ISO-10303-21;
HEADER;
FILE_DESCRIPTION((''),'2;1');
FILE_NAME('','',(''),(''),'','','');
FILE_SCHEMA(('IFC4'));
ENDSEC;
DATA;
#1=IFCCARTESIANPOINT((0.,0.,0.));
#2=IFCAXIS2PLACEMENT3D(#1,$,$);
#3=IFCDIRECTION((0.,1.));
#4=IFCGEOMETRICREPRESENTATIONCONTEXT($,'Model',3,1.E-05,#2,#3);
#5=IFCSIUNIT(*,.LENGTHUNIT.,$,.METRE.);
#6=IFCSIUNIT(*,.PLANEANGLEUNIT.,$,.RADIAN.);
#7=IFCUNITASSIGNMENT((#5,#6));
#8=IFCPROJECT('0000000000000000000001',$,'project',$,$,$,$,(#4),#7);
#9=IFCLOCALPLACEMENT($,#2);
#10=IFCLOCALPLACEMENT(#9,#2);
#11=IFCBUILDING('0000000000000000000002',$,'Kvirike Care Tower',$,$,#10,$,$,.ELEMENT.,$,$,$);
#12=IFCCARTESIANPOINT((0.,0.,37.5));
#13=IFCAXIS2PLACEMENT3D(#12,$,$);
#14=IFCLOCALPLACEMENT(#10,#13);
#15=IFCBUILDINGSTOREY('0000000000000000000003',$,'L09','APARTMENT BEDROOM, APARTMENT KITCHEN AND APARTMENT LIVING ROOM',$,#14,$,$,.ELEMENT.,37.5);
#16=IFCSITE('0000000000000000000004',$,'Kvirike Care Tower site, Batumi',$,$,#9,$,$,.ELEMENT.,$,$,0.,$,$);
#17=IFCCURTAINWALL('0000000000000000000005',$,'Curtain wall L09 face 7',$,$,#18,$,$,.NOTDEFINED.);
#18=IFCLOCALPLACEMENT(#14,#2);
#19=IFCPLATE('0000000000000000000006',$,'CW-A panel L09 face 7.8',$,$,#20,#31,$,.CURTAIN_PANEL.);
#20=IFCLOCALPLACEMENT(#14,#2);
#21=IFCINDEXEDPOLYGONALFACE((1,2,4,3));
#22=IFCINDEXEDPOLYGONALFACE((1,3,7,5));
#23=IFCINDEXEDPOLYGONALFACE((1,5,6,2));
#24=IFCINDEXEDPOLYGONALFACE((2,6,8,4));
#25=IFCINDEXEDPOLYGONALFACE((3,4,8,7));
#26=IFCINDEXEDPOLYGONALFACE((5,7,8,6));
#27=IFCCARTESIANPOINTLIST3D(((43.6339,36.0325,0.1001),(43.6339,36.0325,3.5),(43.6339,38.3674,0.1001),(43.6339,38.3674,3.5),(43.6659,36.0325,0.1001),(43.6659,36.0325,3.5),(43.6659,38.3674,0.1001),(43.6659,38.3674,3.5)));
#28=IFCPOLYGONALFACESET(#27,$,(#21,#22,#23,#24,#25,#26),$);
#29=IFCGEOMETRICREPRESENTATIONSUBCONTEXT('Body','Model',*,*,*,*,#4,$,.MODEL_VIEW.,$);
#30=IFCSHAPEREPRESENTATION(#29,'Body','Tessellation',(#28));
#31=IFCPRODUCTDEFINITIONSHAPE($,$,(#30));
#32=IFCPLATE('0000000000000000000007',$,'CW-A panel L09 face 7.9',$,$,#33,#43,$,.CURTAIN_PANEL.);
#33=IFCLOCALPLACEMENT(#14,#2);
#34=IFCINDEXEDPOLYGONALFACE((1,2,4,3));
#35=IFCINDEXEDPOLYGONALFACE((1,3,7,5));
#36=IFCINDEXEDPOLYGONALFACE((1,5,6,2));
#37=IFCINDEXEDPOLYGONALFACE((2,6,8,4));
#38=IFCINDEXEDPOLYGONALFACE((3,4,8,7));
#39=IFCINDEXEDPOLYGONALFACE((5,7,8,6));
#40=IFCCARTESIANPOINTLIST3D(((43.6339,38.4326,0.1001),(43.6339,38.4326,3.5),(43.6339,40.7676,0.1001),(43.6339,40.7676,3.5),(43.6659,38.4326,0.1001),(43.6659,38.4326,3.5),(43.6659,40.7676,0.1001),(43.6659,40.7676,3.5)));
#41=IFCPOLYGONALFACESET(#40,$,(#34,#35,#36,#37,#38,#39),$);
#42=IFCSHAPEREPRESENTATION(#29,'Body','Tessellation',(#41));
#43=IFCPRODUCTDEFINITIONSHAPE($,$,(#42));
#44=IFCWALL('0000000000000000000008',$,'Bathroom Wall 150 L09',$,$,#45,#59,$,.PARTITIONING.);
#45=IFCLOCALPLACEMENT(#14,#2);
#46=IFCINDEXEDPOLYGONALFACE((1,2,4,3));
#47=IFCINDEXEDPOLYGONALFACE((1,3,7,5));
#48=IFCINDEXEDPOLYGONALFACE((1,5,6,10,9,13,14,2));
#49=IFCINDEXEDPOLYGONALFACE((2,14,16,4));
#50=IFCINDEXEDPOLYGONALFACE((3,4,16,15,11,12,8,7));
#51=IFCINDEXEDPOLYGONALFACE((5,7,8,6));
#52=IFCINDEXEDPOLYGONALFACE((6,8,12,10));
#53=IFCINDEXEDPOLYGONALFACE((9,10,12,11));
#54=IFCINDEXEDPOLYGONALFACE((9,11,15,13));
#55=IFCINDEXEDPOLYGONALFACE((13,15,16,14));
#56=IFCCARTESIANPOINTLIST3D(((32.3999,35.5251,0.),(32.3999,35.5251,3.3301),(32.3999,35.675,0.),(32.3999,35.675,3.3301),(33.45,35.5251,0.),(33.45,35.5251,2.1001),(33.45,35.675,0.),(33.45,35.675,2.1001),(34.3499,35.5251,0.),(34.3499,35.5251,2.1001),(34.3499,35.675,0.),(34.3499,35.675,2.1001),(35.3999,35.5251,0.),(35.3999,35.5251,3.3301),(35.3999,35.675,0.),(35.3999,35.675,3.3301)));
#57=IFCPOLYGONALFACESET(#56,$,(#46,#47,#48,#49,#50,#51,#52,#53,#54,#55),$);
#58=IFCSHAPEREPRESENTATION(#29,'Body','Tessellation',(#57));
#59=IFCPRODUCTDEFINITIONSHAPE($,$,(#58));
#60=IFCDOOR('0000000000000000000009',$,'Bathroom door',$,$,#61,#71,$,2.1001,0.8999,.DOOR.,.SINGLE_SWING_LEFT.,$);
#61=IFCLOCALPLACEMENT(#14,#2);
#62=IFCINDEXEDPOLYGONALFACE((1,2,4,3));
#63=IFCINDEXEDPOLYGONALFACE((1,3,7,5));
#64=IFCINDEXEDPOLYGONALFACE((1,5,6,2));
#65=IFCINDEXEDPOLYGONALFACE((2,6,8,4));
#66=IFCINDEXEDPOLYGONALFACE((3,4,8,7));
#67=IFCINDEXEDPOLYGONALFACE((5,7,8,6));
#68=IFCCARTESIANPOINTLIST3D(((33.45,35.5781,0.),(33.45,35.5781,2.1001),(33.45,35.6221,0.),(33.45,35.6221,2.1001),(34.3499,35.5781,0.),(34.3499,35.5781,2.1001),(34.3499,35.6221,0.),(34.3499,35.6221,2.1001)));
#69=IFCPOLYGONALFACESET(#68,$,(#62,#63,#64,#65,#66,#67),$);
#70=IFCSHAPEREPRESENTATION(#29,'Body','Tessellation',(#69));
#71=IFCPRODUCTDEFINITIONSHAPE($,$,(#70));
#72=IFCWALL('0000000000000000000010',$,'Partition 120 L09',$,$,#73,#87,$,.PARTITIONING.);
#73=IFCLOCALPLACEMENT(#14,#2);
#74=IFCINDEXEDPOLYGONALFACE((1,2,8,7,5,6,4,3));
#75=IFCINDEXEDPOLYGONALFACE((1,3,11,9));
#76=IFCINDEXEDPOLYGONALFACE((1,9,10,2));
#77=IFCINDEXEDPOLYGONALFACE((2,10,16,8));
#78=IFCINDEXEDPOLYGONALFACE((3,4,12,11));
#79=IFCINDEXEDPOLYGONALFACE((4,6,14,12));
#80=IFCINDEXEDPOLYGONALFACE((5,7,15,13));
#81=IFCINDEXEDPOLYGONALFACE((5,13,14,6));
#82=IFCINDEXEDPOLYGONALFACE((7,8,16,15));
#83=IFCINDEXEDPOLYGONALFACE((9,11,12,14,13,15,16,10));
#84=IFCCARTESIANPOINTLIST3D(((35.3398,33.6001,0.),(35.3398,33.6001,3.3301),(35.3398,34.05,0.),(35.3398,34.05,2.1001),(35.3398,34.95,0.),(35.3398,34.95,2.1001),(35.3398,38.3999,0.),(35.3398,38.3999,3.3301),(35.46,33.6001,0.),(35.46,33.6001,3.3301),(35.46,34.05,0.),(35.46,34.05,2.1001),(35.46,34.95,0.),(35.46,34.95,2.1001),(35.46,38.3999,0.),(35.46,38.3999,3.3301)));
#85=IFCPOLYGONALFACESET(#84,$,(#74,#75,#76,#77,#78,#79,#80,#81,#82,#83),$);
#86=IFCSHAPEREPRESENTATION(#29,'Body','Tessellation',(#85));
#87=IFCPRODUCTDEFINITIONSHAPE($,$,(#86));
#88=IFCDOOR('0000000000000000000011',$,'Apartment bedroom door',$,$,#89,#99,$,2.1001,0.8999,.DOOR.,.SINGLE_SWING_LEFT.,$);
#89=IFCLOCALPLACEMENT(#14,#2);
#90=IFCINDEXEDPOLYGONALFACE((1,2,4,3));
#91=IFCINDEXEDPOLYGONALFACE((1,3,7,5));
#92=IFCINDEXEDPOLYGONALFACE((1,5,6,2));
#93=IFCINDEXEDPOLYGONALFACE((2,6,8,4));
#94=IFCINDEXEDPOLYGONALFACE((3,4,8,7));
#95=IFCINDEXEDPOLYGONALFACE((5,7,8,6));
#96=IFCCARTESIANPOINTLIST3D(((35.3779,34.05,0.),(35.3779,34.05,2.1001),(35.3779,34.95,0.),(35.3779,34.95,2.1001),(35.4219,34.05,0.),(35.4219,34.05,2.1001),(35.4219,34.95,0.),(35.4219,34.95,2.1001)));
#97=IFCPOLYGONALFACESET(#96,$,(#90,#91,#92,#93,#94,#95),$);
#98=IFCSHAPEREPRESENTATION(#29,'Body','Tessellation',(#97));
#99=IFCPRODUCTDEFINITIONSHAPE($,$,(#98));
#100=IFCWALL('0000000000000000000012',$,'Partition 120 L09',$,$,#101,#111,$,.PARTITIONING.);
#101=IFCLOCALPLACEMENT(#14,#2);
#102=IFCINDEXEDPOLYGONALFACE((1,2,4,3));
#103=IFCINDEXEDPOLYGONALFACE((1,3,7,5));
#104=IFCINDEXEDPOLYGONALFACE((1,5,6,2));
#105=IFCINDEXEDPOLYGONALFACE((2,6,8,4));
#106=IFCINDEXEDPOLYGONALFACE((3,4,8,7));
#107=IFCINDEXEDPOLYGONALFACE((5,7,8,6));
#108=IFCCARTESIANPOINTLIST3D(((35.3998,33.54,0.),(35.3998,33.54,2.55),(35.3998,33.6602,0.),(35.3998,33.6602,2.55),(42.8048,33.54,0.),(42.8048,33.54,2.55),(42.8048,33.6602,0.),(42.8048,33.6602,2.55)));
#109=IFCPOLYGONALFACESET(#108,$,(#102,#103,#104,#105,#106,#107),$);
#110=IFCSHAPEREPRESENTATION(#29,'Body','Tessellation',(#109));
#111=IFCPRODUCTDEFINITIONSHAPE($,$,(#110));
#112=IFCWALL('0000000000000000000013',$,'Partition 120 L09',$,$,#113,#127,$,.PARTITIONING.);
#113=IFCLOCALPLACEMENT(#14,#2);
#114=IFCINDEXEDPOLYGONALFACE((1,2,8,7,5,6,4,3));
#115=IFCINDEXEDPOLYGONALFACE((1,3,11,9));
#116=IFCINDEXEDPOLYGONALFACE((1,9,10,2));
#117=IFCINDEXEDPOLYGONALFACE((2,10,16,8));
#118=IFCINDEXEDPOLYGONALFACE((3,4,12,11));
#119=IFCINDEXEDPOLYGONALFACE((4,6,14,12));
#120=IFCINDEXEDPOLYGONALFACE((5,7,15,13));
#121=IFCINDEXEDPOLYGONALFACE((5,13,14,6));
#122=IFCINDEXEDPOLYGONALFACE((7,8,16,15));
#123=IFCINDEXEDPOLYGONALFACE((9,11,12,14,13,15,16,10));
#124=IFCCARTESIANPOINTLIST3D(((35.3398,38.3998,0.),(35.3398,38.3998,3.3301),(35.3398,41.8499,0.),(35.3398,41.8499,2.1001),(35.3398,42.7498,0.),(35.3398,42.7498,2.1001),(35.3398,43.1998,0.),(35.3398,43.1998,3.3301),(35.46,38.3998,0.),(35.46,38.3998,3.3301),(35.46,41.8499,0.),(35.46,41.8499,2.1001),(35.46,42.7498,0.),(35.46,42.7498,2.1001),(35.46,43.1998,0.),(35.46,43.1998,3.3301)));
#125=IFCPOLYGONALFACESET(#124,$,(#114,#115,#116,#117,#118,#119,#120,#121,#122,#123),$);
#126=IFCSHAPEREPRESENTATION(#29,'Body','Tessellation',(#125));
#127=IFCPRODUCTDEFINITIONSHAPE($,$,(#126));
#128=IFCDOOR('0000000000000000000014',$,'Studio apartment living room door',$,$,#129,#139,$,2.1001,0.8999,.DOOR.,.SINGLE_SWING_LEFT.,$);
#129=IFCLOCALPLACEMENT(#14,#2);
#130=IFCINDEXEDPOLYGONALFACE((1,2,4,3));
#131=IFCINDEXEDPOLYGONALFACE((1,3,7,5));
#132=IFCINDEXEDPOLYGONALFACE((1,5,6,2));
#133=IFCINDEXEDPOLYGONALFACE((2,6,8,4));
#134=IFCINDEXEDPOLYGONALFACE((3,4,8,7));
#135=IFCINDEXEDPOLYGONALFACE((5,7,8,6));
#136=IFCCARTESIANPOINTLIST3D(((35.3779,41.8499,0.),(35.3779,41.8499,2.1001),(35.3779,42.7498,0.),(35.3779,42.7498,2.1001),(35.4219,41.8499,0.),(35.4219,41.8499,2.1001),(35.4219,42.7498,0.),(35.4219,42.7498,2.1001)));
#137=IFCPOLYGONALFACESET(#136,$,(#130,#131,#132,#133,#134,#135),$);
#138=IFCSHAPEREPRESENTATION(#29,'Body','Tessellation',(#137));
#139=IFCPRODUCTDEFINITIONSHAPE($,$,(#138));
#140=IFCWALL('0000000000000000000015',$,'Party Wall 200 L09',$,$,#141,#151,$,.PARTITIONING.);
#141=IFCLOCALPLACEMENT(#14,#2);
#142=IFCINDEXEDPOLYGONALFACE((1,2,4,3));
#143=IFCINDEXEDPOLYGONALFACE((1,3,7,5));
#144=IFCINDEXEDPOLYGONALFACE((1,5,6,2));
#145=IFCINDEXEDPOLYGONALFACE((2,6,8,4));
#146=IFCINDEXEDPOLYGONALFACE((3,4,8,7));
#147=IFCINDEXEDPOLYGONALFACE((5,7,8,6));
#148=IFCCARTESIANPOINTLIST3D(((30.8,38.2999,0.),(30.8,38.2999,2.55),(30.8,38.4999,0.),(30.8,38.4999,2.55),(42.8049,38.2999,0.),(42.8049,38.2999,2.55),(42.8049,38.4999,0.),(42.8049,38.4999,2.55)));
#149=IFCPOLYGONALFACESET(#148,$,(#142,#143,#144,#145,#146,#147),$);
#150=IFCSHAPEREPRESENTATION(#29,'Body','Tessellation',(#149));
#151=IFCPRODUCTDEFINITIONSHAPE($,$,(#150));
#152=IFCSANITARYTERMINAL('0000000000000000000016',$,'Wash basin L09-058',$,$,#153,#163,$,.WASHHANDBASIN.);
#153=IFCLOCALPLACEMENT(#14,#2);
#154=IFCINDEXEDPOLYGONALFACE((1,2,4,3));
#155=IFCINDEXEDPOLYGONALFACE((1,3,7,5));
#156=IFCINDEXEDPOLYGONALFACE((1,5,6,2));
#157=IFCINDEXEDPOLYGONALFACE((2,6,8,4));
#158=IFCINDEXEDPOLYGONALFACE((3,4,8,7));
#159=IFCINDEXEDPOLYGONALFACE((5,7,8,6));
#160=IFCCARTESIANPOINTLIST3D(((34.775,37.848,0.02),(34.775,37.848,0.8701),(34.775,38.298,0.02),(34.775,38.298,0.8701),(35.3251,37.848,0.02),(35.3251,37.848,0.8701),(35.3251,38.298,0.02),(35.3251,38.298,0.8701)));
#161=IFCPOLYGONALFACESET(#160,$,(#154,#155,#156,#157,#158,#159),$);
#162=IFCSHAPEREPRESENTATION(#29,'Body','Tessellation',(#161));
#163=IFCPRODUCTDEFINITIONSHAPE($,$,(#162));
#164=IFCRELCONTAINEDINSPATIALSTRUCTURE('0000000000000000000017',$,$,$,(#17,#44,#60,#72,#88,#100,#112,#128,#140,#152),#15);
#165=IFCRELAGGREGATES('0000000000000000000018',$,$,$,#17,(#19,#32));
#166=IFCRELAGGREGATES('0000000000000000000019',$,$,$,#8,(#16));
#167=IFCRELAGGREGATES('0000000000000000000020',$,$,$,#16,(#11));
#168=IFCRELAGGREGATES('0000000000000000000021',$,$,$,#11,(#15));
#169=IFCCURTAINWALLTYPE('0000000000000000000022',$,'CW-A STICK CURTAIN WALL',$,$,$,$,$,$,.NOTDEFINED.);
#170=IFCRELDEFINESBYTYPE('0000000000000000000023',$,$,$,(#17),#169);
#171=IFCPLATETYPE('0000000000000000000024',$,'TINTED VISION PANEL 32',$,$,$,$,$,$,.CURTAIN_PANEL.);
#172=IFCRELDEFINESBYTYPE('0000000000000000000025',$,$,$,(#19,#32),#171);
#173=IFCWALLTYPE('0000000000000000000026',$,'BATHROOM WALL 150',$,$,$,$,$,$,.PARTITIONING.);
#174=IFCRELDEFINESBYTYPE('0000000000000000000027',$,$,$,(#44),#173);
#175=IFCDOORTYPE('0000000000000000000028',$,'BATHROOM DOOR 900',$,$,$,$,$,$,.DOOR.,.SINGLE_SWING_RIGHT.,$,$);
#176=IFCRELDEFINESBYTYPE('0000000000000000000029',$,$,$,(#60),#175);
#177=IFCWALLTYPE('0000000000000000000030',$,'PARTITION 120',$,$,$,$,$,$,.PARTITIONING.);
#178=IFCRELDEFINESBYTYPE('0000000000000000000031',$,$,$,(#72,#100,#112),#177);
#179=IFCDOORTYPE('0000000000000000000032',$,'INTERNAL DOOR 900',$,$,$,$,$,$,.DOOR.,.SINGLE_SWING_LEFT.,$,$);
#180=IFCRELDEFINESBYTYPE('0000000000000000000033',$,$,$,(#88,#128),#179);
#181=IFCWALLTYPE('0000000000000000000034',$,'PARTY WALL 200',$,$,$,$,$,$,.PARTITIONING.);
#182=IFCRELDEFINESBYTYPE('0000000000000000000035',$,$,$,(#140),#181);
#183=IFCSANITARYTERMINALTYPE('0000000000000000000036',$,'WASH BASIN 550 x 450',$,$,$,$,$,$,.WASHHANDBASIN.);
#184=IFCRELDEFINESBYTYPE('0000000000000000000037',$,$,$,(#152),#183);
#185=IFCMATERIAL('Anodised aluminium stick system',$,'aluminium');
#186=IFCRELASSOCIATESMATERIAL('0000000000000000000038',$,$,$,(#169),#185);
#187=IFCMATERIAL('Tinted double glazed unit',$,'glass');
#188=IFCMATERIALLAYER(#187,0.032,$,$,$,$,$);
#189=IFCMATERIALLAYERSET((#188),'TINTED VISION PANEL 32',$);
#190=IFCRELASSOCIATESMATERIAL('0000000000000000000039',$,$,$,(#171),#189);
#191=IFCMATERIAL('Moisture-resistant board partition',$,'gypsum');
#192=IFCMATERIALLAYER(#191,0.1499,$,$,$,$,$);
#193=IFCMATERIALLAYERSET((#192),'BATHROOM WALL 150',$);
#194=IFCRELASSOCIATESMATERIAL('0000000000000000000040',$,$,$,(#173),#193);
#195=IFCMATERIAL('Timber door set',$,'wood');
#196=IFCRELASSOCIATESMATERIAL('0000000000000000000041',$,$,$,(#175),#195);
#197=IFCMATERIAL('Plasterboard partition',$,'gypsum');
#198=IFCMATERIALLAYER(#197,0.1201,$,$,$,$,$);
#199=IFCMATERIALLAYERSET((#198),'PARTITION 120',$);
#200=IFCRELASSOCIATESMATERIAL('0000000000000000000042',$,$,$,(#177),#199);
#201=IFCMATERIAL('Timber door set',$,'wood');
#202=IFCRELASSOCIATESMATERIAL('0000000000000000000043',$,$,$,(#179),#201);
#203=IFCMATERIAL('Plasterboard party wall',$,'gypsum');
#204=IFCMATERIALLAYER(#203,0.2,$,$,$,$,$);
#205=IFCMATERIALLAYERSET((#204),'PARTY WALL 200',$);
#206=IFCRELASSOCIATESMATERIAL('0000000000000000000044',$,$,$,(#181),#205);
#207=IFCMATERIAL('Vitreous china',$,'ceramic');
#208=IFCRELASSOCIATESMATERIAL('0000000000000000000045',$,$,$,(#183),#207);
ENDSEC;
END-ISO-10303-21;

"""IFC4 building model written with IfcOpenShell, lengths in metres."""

from ifc_helpers import new_model, si_unit, direction, frame, frame_2d, origin, origin_2d, place, context, subcontext, project, spatial, rectangle, extrude, material, layer, layer_set, type_object, element, fill, aggregate, save


model = new_model("IFC4")

# Units and contexts
model_context = context("Model", 3, precision=1e-05, world=origin(), true_north=direction((0.0, 1.0)))
body_context = subcontext(model_context, "Body", "Model", "MODEL_VIEW")
ifc_project = project(units=[si_unit("LENGTHUNIT", "METRE"), si_unit("PLANEANGLEUNIT", "RADIAN")], contexts=[model_context])

# Site, building, storey
site_placement = place(None, origin())
site = spatial("IfcSite", under=ifc_project, at=site_placement, Name="Kvirike Care Tower site, Batumi", CompositionType="ELEMENT", RefElevation=0.0)
building_placement = place(site_placement, origin())
building = spatial("IfcBuilding", under=site, at=building_placement, Name="Kvirike Care Tower", CompositionType="ELEMENT")
storey_placement = place(building_placement, frame((0.0, 0.0, 37.5)))
storey = spatial("IfcBuildingStorey", under=building, at=storey_placement, Name="L09", Description="APARTMENT BEDROOM, APARTMENT KITCHEN AND APARTMENT LIVING ROOM", CompositionType="ELEMENT", Elevation=37.5)

# Curtain wall
ifc_material_1 = material(Name="Anodised aluminium stick system", Category="aluminium")
curtain_wall_type = type_object("IfcCurtainWallType", Name="CW-A STICK CURTAIN WALL", PredefinedType="NOTDEFINED", material=ifc_material_1)
curtain_wall_placement = place(storey_placement, origin())
curtain_wall = element("IfcCurtainWall", 1, at=curtain_wall_placement, inside=storey, type_object=curtain_wall_type, Name="Curtain wall L09 face 7", PredefinedType="NOTDEFINED")

# Plates
ifc_material_2 = material(Name="Tinted double glazed unit", Category="glass")
ifc_layer_1 = layer(ifc_material_2, 0.032)
ifc_layer_set_1 = layer_set([ifc_layer_1], Name="TINTED VISION PANEL 32")
plate_type = type_object("IfcPlateType", Name="TINTED VISION PANEL 32", PredefinedType="CURTAIN_PANEL", material=ifc_layer_set_1)
plate_1_placement = place(storey_placement, frame((43.6499, 37.2, 0.1001), z_axis=(0.0, 0.0, 1.0), x_axis=(0.0, 1.0, 0.0)))
plate_1 = element("IfcPlate", 2, at=plate_1_placement, type_object=plate_type, Name="CW-A panel L09 face 7.8", PredefinedType="CURTAIN_PANEL", context=body_context, shape_type="SweptSolid", body=[
    extrude(rectangle(XDim=2.335, YDim=0.032, at=origin_2d()), origin(), (0.0, 0.0, 1.0), 3.3999),
])
plate_2_placement = place(storey_placement, frame((43.6499, 39.6001, 0.1001), z_axis=(0.0, 0.0, 1.0), x_axis=(0.0, 1.0, 0.0)))
plate_2 = element("IfcPlate", 3, at=plate_2_placement, type_object=plate_type, Name="CW-A panel L09 face 7.9", PredefinedType="CURTAIN_PANEL", context=body_context, shape_type="SweptSolid", body=[
    extrude(rectangle(XDim=2.335, YDim=0.032, at=origin_2d()), origin(), (0.0, 0.0, 1.0), 3.3999),
])
aggregate(curtain_wall, [plate_1, plate_2])

# Walls, openings, doors
ifc_material_3 = material(Name="Moisture-resistant board partition", Category="gypsum")
ifc_layer_2 = layer(ifc_material_3, 0.1499)
ifc_layer_set_2 = layer_set([ifc_layer_2], Name="BATHROOM WALL 150")
wall_type_1 = type_object("IfcWallType", Name="BATHROOM WALL 150", PredefinedType="PARTITIONING", material=ifc_layer_set_2)
wall_1_placement = place(storey_placement, frame((35.3999, 35.6001, 0.0), z_axis=(0.0, 0.0, 1.0), x_axis=(-1.0, 0.0, 0.0)))
wall_1 = element("IfcWall", 4, at=wall_1_placement, inside=storey, type_object=wall_type_1, Name="Bathroom Wall 150 L09", PredefinedType="PARTITIONING", context=body_context, shape_type="SweptSolid", body=[
    extrude(rectangle(XDim=3.0, YDim=0.1499, at=frame_2d((1.5, 0.0))), origin(), (0.0, 0.0, 1.0), 3.3301),
])
opening_1_placement = place(wall_1_placement, frame((1.05, 0.0, 0.0)))
opening_1 = element("IfcOpeningElement", 5, at=opening_1_placement, cuts=wall_1, PredefinedType="OPENING", context=body_context, shape_type="SweptSolid", body=[
    extrude(rectangle(XDim=0.8999, YDim=2.1001, at=frame_2d((0.45, 1.05))), frame((0.0, 0.0854, 0.0), z_axis=(0.0, -1.0, 0.0), x_axis=(1.0, 0.0, 0.0)), (0.0, 0.0, 1.0), 0.1709),
])
ifc_material_4 = material(Name="Timber door set", Category="wood")
door_type_1 = type_object("IfcDoorType", Name="BATHROOM DOOR 900", OperationType="SINGLE_SWING_RIGHT", PredefinedType="DOOR", material=ifc_material_4)
door_1_placement = place(opening_1_placement, frame((0.8999, 0.0, 0.0), z_axis=(0.0, 0.0, 1.0), x_axis=(-1.0, 0.0, 0.0)))
door_1 = element("IfcDoor", 6, at=door_1_placement, inside=storey, type_object=door_type_1, Name="Bathroom door", OperationType="SINGLE_SWING_LEFT", OverallHeight=2.1001, OverallWidth=0.8999, PredefinedType="DOOR", context=body_context, shape_type="SweptSolid", body=[
    extrude(rectangle(XDim=0.8999, YDim=2.1001, at=frame_2d((0.45, 1.05))), frame((0.0, 0.022, 0.0), z_axis=(0.0, -1.0, 0.0), x_axis=(1.0, 0.0, 0.0)), (0.0, 0.0, 1.0), 0.0439),
])
fill(opening_1, door_1)
ifc_material_5 = material(Name="Plasterboard partition", Category="gypsum")
ifc_layer_3 = layer(ifc_material_5, 0.1201)
ifc_layer_set_3 = layer_set([ifc_layer_3], Name="PARTITION 120")
wall_type_2 = type_object("IfcWallType", Name="PARTITION 120", PredefinedType="PARTITIONING", material=ifc_layer_set_3)
wall_2_placement = place(storey_placement, frame((35.3999, 33.6001, 0.0), z_axis=(0.0, 0.0, 1.0), x_axis=(0.0, 1.0, 0.0)))
wall_2 = element("IfcWall", 7, at=wall_2_placement, inside=storey, type_object=wall_type_2, Name="Partition 120 L09", PredefinedType="PARTITIONING", context=body_context, shape_type="SweptSolid", body=[
    extrude(rectangle(XDim=4.7998, YDim=0.1201, at=frame_2d((2.3999, 0.0))), origin(), (0.0, 0.0, 1.0), 3.3301),
])
opening_2_placement = place(wall_2_placement, frame((0.45, 0.0, 0.0)))
opening_2 = element("IfcOpeningElement", 8, at=opening_2_placement, cuts=wall_2, PredefinedType="OPENING", context=body_context, shape_type="SweptSolid", body=[
    extrude(rectangle(XDim=0.8999, YDim=2.1001, at=frame_2d((0.45, 1.05))), frame((0.0, 0.0706, 0.0), z_axis=(0.0, -1.0, 0.0), x_axis=(1.0, 0.0, 0.0)), (0.0, 0.0, 1.0), 0.1411),
])
ifc_material_6 = material(Name="Timber door set", Category="wood")
door_type_2 = type_object("IfcDoorType", Name="INTERNAL DOOR 900", OperationType="SINGLE_SWING_LEFT", PredefinedType="DOOR", material=ifc_material_6)
door_2_placement = place(opening_2_placement, origin())
door_2 = element("IfcDoor", 9, at=door_2_placement, inside=storey, type_object=door_type_2, Name="Apartment bedroom door", OperationType="SINGLE_SWING_LEFT", OverallHeight=2.1001, OverallWidth=0.8999, PredefinedType="DOOR", context=body_context, shape_type="SweptSolid", body=[
    extrude(rectangle(XDim=0.8999, YDim=2.1001, at=frame_2d((0.45, 1.05))), frame((0.0, 0.022, 0.0), z_axis=(0.0, -1.0, 0.0), x_axis=(1.0, 0.0, 0.0)), (0.0, 0.0, 1.0), 0.0439),
])
fill(opening_2, door_2)

# Wall
wall_3_placement = place(storey_placement, frame((42.8049, 33.6001, 0.0), z_axis=(0.0, 0.0, 1.0), x_axis=(-1.0, 0.0, 0.0)))
element("IfcWall", 10, at=wall_3_placement, inside=storey, type_object=wall_type_2, Name="Partition 120 L09", PredefinedType="PARTITIONING", context=body_context, shape_type="SweptSolid", body=[
    extrude(rectangle(XDim=7.405, YDim=0.1201, at=frame_2d((3.7026, 0.0))), origin(), (0.0, 0.0, 1.0), 2.55),
])

# Wall, opening, door
wall_4_placement = place(storey_placement, frame((35.3999, 38.3999, 0.0), z_axis=(0.0, 0.0, 1.0), x_axis=(0.0, 1.0, 0.0)))
wall_4 = element("IfcWall", 11, at=wall_4_placement, inside=storey, type_object=wall_type_2, Name="Partition 120 L09", PredefinedType="PARTITIONING", context=body_context, shape_type="SweptSolid", body=[
    extrude(rectangle(XDim=4.8, YDim=0.1201, at=frame_2d((2.3999, 0.0))), origin(), (0.0, 0.0, 1.0), 3.3301),
])
opening_3_placement = place(wall_4_placement, frame((3.45, 0.0, 0.0)))
opening_3 = element("IfcOpeningElement", 12, at=opening_3_placement, cuts=wall_4, PredefinedType="OPENING", context=body_context, shape_type="SweptSolid", body=[
    extrude(rectangle(XDim=0.8999, YDim=2.1001, at=frame_2d((0.45, 1.05))), frame((0.0, 0.0706, 0.0), z_axis=(0.0, -1.0, 0.0), x_axis=(1.0, 0.0, 0.0)), (0.0, 0.0, 1.0), 0.1411),
])
door_3_placement = place(opening_3_placement, origin())
door_3 = element("IfcDoor", 13, at=door_3_placement, inside=storey, type_object=door_type_2, Name="Studio apartment living room door", OperationType="SINGLE_SWING_LEFT", OverallHeight=2.1001, OverallWidth=0.8999, PredefinedType="DOOR", context=body_context, shape_type="SweptSolid", body=[
    extrude(rectangle(XDim=0.8999, YDim=2.1001, at=frame_2d((0.45, 1.05))), frame((0.0, 0.022, 0.0), z_axis=(0.0, -1.0, 0.0), x_axis=(1.0, 0.0, 0.0)), (0.0, 0.0, 1.0), 0.0439),
])
fill(opening_3, door_3)

# Wall
ifc_material_7 = material(Name="Plasterboard party wall", Category="gypsum")
ifc_layer_4 = layer(ifc_material_7, 0.2)
ifc_layer_set_4 = layer_set([ifc_layer_4], Name="PARTY WALL 200")
wall_type_3 = type_object("IfcWallType", Name="PARTY WALL 200", PredefinedType="PARTITIONING", material=ifc_layer_set_4)
wall_5_placement = place(storey_placement, frame((42.8049, 38.3999, 0.0), z_axis=(0.0, 0.0, 1.0), x_axis=(-1.0, 0.0, 0.0)))
element("IfcWall", 14, at=wall_5_placement, inside=storey, type_object=wall_type_3, Name="Party Wall 200 L09", PredefinedType="PARTITIONING", context=body_context, shape_type="SweptSolid", body=[
    extrude(rectangle(XDim=12.0049, YDim=0.2, at=frame_2d((6.0024, 0.0))), origin(), (0.0, 0.0, 1.0), 2.55),
])

# Sanitary terminal
ifc_material_8 = material(Name="Vitreous china", Category="ceramic")
sanitary_terminal_type = type_object("IfcSanitaryTerminalType", Name="WASH BASIN 550 x 450", PredefinedType="WASHHANDBASIN", material=ifc_material_8)
sanitary_terminal_placement = place(storey_placement, frame((35.05, 38.073, 0.02), z_axis=(0.0, 0.0, 1.0), x_axis=(1.0, 0.0, 0.0)))
element("IfcSanitaryTerminal", 15, at=sanitary_terminal_placement, inside=storey, type_object=sanitary_terminal_type, Name="Wash basin L09-058", PredefinedType="WASHHANDBASIN", context=body_context, shape_type="SweptSolid", body=[
    extrude(rectangle(XDim=0.55, YDim=0.45, at=origin_2d()), origin(), (0.0, 0.0, 1.0), 0.8501),
])

save(model, "model.ifc")
